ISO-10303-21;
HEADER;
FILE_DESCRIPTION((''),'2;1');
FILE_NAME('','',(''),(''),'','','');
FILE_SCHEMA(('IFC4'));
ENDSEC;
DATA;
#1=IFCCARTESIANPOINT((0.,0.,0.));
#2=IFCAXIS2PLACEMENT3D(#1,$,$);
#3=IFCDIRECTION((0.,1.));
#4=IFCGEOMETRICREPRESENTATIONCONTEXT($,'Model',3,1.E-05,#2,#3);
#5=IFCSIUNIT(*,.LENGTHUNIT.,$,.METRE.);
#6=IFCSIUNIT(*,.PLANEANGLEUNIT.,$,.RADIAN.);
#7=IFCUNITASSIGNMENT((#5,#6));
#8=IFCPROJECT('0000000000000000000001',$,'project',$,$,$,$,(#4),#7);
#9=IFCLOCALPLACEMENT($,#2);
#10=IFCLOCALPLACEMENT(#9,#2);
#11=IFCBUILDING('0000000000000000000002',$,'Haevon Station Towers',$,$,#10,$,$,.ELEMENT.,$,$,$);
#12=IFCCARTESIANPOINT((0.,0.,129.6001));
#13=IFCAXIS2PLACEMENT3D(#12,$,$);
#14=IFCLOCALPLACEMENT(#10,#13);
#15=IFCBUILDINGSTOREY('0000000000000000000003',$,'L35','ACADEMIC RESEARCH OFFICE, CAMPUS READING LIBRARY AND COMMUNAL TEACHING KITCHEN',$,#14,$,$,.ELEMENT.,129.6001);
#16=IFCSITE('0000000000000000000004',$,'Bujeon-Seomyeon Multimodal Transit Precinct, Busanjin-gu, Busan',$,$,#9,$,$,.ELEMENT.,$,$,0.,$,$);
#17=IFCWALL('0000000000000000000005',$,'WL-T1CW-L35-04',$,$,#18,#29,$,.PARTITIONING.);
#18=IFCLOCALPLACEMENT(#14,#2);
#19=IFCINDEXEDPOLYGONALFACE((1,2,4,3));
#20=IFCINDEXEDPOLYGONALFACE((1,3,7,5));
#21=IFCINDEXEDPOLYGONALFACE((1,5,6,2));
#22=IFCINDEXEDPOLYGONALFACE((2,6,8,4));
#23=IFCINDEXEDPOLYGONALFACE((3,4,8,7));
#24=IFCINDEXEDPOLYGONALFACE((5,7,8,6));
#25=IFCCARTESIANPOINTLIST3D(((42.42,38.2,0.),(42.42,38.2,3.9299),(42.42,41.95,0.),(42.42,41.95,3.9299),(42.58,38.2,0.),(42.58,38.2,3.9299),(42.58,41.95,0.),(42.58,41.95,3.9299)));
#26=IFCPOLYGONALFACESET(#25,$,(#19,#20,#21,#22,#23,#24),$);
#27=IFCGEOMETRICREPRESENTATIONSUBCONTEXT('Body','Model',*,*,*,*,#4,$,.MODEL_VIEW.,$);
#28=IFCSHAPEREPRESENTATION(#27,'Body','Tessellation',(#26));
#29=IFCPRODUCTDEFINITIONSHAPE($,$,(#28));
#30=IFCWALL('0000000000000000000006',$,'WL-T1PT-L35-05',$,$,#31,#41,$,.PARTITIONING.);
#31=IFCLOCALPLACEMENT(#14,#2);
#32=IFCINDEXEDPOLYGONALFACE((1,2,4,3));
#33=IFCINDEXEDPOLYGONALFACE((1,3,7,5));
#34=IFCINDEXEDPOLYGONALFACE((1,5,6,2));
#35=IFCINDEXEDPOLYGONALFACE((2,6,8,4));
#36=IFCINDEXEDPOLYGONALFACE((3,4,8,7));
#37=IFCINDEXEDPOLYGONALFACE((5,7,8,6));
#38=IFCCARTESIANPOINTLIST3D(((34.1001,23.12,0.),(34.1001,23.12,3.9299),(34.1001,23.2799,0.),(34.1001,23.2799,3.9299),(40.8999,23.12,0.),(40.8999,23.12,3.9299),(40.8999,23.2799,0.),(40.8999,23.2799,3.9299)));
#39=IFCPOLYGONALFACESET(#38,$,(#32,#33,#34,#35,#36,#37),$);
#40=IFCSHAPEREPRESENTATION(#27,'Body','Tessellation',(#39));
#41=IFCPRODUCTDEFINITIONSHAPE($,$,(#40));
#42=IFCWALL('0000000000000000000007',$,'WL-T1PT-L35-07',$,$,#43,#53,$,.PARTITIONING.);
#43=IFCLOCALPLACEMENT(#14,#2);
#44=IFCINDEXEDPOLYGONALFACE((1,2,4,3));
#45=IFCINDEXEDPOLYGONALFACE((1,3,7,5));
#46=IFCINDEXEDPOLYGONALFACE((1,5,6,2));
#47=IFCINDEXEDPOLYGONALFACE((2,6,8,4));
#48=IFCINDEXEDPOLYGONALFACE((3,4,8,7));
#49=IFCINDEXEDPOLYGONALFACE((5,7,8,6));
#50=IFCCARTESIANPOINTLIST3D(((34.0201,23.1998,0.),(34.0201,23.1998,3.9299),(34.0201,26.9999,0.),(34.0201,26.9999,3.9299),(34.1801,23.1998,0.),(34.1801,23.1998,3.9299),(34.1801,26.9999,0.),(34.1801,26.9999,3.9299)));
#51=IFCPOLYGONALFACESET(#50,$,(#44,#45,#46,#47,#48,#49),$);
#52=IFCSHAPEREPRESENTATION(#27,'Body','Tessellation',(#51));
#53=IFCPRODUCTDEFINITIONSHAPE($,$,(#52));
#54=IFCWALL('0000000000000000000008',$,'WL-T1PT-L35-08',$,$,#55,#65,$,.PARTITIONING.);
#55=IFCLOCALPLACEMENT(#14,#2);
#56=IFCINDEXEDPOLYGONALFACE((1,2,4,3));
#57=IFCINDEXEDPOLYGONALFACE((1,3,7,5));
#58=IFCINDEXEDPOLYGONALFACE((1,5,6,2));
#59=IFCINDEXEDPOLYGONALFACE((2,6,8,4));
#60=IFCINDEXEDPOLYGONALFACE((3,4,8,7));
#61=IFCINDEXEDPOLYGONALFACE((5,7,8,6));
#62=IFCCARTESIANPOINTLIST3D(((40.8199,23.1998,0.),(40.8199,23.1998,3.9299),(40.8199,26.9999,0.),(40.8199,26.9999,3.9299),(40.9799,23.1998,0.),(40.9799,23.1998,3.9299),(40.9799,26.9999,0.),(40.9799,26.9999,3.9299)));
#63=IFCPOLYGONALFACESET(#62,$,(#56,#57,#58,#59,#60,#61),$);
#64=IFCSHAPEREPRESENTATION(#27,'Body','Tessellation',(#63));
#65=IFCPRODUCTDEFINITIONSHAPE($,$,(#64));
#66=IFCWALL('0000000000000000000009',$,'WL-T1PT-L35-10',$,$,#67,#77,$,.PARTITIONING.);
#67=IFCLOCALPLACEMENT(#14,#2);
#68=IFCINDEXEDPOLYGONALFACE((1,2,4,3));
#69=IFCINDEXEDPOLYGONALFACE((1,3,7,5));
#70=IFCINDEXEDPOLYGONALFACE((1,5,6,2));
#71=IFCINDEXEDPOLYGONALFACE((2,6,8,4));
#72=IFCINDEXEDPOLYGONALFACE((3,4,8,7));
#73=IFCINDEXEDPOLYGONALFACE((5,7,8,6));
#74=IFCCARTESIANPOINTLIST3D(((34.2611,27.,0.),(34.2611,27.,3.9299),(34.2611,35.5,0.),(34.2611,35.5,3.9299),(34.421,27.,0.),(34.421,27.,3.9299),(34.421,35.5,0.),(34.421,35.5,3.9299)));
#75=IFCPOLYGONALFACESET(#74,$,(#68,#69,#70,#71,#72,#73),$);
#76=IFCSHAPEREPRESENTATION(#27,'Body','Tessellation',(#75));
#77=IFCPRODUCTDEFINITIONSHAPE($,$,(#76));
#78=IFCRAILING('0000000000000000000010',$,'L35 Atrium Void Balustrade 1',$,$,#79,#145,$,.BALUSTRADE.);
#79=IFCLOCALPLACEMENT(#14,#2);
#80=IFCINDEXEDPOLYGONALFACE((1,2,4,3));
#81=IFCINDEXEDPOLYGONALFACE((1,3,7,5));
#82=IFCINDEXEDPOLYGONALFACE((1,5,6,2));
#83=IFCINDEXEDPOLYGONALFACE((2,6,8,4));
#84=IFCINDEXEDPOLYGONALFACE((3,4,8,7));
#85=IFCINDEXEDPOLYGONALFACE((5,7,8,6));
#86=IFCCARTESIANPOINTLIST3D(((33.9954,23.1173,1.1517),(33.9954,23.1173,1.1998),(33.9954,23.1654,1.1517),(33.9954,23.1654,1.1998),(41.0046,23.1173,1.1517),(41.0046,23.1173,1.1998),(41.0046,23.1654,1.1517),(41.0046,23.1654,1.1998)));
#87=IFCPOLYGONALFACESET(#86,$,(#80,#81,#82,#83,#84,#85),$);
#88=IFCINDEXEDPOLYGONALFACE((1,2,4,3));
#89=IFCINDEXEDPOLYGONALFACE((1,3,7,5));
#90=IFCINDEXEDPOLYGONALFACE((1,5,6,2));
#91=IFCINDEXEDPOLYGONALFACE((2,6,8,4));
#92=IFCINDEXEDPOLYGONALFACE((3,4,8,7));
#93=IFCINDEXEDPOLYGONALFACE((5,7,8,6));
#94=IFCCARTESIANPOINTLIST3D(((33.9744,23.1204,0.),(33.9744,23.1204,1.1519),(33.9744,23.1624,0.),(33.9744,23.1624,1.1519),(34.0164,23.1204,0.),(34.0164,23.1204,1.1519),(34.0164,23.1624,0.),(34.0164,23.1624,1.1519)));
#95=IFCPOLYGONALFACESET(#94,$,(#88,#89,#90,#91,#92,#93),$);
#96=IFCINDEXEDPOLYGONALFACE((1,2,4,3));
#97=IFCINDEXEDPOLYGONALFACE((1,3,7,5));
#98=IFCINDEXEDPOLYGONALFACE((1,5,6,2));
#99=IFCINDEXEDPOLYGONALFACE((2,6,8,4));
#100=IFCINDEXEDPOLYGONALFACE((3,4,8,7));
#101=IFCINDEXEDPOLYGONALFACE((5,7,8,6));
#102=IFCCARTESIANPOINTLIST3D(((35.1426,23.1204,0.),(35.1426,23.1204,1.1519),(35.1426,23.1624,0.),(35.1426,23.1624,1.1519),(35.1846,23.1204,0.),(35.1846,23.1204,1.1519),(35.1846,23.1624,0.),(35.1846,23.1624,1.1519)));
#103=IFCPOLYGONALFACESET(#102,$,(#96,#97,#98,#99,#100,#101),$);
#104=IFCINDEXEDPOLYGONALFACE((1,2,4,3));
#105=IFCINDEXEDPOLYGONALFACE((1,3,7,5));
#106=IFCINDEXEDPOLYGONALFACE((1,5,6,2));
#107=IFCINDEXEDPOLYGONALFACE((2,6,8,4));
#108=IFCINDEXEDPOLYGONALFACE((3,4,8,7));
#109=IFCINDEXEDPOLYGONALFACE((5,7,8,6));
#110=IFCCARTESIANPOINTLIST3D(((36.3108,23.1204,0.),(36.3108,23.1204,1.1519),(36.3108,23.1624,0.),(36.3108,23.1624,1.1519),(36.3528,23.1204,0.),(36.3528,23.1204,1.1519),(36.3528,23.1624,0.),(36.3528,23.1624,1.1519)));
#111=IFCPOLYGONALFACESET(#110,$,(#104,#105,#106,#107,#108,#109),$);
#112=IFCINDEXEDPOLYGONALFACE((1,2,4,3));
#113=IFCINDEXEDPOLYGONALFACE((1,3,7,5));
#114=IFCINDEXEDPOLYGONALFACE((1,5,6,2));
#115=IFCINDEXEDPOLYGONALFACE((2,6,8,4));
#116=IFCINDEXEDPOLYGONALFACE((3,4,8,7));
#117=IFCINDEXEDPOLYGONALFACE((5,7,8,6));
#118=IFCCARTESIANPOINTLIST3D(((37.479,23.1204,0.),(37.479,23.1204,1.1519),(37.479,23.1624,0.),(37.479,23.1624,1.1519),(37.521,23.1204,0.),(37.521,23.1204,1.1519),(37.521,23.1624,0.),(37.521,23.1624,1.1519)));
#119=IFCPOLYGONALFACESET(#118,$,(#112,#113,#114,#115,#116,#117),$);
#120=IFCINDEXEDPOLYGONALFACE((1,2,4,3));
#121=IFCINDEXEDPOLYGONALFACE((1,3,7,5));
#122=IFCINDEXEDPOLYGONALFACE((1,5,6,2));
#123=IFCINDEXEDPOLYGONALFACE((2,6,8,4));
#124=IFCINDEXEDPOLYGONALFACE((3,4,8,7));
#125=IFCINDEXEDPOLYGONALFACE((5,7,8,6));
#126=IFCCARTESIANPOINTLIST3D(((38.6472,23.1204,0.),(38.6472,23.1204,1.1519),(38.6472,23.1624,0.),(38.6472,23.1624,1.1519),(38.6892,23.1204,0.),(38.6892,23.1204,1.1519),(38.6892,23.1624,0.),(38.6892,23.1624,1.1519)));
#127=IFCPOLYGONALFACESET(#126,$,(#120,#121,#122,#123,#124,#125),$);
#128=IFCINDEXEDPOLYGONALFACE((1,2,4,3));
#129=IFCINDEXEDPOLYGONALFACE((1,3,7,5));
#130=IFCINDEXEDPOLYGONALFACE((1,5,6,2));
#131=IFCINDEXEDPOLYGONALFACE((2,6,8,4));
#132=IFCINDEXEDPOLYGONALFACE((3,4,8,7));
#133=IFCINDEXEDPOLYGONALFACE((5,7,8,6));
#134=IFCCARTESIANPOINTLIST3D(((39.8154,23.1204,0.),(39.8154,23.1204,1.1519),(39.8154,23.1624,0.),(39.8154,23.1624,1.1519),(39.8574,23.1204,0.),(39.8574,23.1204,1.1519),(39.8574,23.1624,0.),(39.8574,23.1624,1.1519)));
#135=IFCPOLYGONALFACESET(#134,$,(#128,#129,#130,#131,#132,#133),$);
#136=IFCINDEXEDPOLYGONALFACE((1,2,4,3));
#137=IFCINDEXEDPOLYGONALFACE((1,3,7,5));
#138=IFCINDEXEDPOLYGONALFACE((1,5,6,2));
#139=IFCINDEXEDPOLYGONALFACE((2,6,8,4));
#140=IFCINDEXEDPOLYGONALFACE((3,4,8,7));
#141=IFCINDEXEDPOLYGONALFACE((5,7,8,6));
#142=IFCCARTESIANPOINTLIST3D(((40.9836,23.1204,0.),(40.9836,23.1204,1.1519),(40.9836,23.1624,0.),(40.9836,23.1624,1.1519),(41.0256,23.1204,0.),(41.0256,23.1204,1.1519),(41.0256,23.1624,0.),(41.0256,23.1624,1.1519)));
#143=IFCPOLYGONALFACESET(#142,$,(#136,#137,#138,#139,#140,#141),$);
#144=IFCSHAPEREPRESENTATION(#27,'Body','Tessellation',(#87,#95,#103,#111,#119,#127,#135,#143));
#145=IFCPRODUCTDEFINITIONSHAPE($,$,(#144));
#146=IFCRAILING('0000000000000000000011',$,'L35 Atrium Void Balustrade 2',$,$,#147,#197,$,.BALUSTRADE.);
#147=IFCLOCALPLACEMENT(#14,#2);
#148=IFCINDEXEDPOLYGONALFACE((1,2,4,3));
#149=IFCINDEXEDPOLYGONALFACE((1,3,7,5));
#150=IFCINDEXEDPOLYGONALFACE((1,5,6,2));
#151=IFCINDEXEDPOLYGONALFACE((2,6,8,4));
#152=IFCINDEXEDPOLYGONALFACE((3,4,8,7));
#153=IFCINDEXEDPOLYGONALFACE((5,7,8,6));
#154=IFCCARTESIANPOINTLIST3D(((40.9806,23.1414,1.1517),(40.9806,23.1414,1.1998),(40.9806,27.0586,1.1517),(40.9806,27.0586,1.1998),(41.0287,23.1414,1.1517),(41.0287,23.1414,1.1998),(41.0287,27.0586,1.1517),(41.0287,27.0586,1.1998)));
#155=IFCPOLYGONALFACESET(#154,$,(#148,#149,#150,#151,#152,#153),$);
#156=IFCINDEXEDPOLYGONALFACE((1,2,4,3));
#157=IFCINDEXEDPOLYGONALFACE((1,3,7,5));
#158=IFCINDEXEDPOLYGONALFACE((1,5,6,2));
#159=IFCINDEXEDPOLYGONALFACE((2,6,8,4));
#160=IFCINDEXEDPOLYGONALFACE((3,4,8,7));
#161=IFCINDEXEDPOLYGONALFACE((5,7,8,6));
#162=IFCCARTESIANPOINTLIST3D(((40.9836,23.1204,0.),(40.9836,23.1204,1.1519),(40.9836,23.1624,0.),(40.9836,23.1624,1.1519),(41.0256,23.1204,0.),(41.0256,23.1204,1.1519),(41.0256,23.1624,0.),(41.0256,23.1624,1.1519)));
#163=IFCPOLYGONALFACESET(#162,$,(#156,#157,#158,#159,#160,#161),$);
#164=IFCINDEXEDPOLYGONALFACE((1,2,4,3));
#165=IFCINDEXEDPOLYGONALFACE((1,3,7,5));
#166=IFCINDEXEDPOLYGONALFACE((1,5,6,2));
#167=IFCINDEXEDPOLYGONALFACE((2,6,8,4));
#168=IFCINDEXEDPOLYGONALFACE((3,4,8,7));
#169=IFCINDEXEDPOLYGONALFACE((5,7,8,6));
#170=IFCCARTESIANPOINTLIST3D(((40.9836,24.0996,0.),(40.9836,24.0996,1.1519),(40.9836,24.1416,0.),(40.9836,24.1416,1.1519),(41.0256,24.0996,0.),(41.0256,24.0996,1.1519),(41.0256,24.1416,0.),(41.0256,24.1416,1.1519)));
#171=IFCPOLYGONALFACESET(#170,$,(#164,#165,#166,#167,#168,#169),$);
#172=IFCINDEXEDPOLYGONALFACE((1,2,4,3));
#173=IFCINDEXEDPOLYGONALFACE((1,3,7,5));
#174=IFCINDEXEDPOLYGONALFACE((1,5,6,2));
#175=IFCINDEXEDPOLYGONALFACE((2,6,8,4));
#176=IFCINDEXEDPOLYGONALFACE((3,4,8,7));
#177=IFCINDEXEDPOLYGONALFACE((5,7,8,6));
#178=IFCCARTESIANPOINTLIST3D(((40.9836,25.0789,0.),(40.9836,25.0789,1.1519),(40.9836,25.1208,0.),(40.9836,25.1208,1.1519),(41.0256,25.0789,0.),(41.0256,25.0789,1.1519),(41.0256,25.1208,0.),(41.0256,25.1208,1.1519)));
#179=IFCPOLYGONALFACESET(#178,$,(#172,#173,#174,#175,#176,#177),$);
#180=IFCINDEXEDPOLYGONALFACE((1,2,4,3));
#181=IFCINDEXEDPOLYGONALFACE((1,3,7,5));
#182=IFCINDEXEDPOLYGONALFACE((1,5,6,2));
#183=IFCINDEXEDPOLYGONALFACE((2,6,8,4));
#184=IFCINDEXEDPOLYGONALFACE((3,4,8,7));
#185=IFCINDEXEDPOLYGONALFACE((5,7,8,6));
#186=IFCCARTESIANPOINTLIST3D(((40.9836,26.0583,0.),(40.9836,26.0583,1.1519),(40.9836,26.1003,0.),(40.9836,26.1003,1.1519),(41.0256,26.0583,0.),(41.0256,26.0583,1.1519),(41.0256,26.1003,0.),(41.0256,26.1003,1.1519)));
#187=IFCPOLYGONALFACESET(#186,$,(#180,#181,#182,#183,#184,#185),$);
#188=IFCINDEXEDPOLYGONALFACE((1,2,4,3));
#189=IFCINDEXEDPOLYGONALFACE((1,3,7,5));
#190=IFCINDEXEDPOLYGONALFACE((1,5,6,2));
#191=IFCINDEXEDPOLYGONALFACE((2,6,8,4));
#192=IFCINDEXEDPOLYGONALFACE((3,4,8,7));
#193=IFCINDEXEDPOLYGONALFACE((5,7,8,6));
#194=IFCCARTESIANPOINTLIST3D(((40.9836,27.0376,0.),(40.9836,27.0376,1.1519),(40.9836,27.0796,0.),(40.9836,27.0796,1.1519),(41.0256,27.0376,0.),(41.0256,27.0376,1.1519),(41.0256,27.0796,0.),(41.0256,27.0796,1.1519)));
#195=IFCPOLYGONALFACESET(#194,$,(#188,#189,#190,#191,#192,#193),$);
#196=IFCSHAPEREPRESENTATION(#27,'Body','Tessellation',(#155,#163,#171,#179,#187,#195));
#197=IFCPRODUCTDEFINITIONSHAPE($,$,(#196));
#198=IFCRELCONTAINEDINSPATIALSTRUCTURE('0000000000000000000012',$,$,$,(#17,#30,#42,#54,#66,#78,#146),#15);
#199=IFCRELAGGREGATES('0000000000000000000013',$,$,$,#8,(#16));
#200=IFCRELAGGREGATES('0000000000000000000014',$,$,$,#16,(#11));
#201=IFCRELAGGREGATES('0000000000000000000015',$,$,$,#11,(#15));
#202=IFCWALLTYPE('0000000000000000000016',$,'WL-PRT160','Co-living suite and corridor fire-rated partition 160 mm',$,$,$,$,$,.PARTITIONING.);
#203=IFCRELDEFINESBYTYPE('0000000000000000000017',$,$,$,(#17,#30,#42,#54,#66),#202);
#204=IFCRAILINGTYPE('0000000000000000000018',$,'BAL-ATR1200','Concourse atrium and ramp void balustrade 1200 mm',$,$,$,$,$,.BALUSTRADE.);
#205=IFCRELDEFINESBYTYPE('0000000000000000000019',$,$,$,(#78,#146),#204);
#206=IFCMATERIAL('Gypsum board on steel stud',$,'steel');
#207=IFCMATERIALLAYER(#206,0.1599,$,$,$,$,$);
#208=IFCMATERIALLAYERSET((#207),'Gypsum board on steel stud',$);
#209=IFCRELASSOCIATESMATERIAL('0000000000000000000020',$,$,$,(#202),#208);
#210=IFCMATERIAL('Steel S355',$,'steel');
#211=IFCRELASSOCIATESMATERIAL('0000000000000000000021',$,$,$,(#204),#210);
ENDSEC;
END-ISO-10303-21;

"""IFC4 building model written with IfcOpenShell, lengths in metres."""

from ifc_helpers import new_model, si_unit, direction, frame, frame_2d, origin, origin_2d, place, context, subcontext, project, spatial, rectangle, extrude, material, layer, layer_set, type_object, element, save


model = new_model("IFC4")

# Units and contexts
model_context = context("Model", 3, precision=1e-05, world=origin(), true_north=direction((0.0, 1.0)))
body_context = subcontext(model_context, "Body", "Model", "MODEL_VIEW")
ifc_project = project(units=[si_unit("LENGTHUNIT", "METRE"), si_unit("PLANEANGLEUNIT", "RADIAN")], contexts=[model_context])

# Site, building, storey
site_placement = place(None, origin())
site = spatial("IfcSite", under=ifc_project, at=site_placement, Name="Bujeon-Seomyeon Multimodal Transit Precinct, Busanjin-gu, Busan", CompositionType="ELEMENT", RefElevation=0.0)
building_placement = place(site_placement, origin())
building = spatial("IfcBuilding", under=site, at=building_placement, Name="Haevon Station Towers", CompositionType="ELEMENT")
storey_placement = place(building_placement, frame((0.0, 0.0, 129.6001)))
storey = spatial("IfcBuildingStorey", under=building, at=storey_placement, Name="L35", Description="ACADEMIC RESEARCH OFFICE, CAMPUS READING LIBRARY AND COMMUNAL TEACHING KITCHEN", CompositionType="ELEMENT", Elevation=129.6001)

# Shared definitions
ifc_material_1 = material(Name="Steel S355", Category="steel")

# Shared definitions
ifc_material_2 = material(Name="Gypsum board on steel stud", Category="steel")

# Walls
ifc_layer_1 = layer(ifc_material_2, 0.1599)
ifc_layer_set_1 = layer_set([ifc_layer_1], Name="Gypsum board on steel stud")
wall_type_1 = type_object("IfcWallType", Name="WL-PRT160", Description="Co-living suite and corridor fire-rated partition 160 mm", PredefinedType="PARTITIONING", material=ifc_layer_set_1)
wall_1_placement = place(storey_placement, frame((42.5, 38.2, 0.0), z_axis=(0.0, 0.0, 1.0), x_axis=(0.0, 1.0, 0.0)))
element("IfcWall", 1, at=wall_1_placement, inside=storey, type_object=wall_type_1, Name="WL-T1CW-L35-04", PredefinedType="PARTITIONING", context=body_context, shape_type="SweptSolid", body=[
    extrude(rectangle(XDim=3.75, YDim=0.1599, at=frame_2d((1.875, 0.0))), origin(), (0.0, 0.0, 1.0), 3.9299),
])
wall_2_placement = place(storey_placement, frame((34.1001, 23.2, 0.0), z_axis=(0.0, 0.0, 1.0), x_axis=(1.0, 0.0, 0.0)))
element("IfcWall", 2, at=wall_2_placement, inside=storey, type_object=wall_type_1, Name="WL-T1PT-L35-05", PredefinedType="PARTITIONING", context=body_context, shape_type="SweptSolid", body=[
    extrude(rectangle(XDim=6.7998, YDim=0.1599, at=frame_2d((3.3999, 0.0))), origin(), (0.0, 0.0, 1.0), 3.9299),
])
for number, where, z_axis, x_axis, name in (
    (3, (34.1001, 23.2, 0.0), (0.0, 0.0, 1.0), (0.0, 1.0, 0.0), "WL-T1PT-L35-07"),
    (4, (40.8999, 23.2, 0.0), (0.0, 0.0, 1.0), (0.0, 1.0, 0.0), "WL-T1PT-L35-08"),
):
    element("IfcWall", number, at=place(storey_placement, frame(where, z_axis=z_axis, x_axis=x_axis)), inside=storey, type_object=wall_type_1, Name=name, PredefinedType="PARTITIONING", context=body_context, shape_type="SweptSolid", body=[
        extrude(rectangle(XDim=3.8, YDim=0.1599, at=frame_2d((1.8999, 0.0))), origin(), (0.0, 0.0, 1.0), 3.9299),
    ])
wall_3_placement = place(storey_placement, frame((34.3411, 27.0, 0.0), z_axis=(0.0, 0.0, 1.0), x_axis=(0.0, 1.0, 0.0)))
element("IfcWall", 5, at=wall_3_placement, inside=storey, type_object=wall_type_1, Name="WL-T1PT-L35-10", PredefinedType="PARTITIONING", context=body_context, shape_type="SweptSolid", body=[
    extrude(rectangle(XDim=8.5, YDim=0.1599, at=frame_2d((4.25, 0.0))), origin(), (0.0, 0.0, 1.0), 3.9299),
])

# Railings
railing_type = type_object("IfcRailingType", Name="BAL-ATR1200", Description="Concourse atrium and ramp void balustrade 1200 mm", PredefinedType="BALUSTRADE", material=ifc_material_1)
railing_1_placement = place(storey_placement, frame((33.9954, 23.1414, 0.0)))
element("IfcRailing", 6, at=railing_1_placement, inside=storey, type_object=railing_type, Name="L35 Atrium Void Balustrade 1", PredefinedType="BALUSTRADE", context=body_context, shape_type="SweptSolid", body=[
    extrude(rectangle(XDim=0.0481, YDim=0.0481, at=origin_2d()), frame((0.0, 0.0, 1.1758), z_axis=(1.0, 0.0, 0.0), x_axis=(0.0, 1.0, 0.0)), (0.0, 0.0, 1.0), 7.0093),
    extrude(rectangle(XDim=0.042, YDim=0.042, at=origin_2d()), origin(), (0.0, 0.0, 1.0), 1.1519),
    extrude(rectangle(XDim=0.042, YDim=0.042, at=origin_2d()), frame((1.1682, 0.0, 0.0)), (0.0, 0.0, 1.0), 1.1519),
    extrude(rectangle(XDim=0.042, YDim=0.042, at=origin_2d()), frame((2.3364, 0.0, 0.0)), (0.0, 0.0, 1.0), 1.1519),
    extrude(rectangle(XDim=0.042, YDim=0.042, at=origin_2d()), frame((3.5046, 0.0, 0.0)), (0.0, 0.0, 1.0), 1.1519),
    extrude(rectangle(XDim=0.042, YDim=0.042, at=origin_2d()), frame((4.6729, 0.0, 0.0)), (0.0, 0.0, 1.0), 1.1519),
    extrude(rectangle(XDim=0.042, YDim=0.042, at=origin_2d()), frame((5.8411, 0.0, 0.0)), (0.0, 0.0, 1.0), 1.1519),
    extrude(rectangle(XDim=0.042, YDim=0.042, at=origin_2d()), frame((7.0093, 0.0, 0.0)), (0.0, 0.0, 1.0), 1.1519),
])
railing_2_placement = place(storey_placement, frame((41.0046, 23.1414, 0.0)))
element("IfcRailing", 7, at=railing_2_placement, inside=storey, type_object=railing_type, Name="L35 Atrium Void Balustrade 2", PredefinedType="BALUSTRADE", context=body_context, shape_type="SweptSolid", body=[
    extrude(rectangle(XDim=0.0481, YDim=0.0481, at=origin_2d()), frame((0.0, 0.0, 1.1758), z_axis=(0.0, 1.0, 0.0), x_axis=(-1.0, 0.0, 0.0)), (0.0, 0.0, 1.0), 3.9172),
    extrude(rectangle(XDim=0.042, YDim=0.042, at=origin_2d()), origin(), (0.0, 0.0, 1.0), 1.1519),
    extrude(rectangle(XDim=0.042, YDim=0.042, at=origin_2d()), frame((0.0, 0.9792, 0.0)), (0.0, 0.0, 1.0), 1.1519),
    extrude(rectangle(XDim=0.042, YDim=0.042, at=origin_2d()), frame((0.0, 1.9585, 0.0)), (0.0, 0.0, 1.0), 1.1519),
    extrude(rectangle(XDim=0.042, YDim=0.042, at=origin_2d()), frame((0.0, 2.938, 0.0)), (0.0, 0.0, 1.0), 1.1519),
    extrude(rectangle(XDim=0.042, YDim=0.042, at=origin_2d()), frame((0.0, 3.9172, 0.0)), (0.0, 0.0, 1.0), 1.1519),
])

save(model, "model.ifc")
